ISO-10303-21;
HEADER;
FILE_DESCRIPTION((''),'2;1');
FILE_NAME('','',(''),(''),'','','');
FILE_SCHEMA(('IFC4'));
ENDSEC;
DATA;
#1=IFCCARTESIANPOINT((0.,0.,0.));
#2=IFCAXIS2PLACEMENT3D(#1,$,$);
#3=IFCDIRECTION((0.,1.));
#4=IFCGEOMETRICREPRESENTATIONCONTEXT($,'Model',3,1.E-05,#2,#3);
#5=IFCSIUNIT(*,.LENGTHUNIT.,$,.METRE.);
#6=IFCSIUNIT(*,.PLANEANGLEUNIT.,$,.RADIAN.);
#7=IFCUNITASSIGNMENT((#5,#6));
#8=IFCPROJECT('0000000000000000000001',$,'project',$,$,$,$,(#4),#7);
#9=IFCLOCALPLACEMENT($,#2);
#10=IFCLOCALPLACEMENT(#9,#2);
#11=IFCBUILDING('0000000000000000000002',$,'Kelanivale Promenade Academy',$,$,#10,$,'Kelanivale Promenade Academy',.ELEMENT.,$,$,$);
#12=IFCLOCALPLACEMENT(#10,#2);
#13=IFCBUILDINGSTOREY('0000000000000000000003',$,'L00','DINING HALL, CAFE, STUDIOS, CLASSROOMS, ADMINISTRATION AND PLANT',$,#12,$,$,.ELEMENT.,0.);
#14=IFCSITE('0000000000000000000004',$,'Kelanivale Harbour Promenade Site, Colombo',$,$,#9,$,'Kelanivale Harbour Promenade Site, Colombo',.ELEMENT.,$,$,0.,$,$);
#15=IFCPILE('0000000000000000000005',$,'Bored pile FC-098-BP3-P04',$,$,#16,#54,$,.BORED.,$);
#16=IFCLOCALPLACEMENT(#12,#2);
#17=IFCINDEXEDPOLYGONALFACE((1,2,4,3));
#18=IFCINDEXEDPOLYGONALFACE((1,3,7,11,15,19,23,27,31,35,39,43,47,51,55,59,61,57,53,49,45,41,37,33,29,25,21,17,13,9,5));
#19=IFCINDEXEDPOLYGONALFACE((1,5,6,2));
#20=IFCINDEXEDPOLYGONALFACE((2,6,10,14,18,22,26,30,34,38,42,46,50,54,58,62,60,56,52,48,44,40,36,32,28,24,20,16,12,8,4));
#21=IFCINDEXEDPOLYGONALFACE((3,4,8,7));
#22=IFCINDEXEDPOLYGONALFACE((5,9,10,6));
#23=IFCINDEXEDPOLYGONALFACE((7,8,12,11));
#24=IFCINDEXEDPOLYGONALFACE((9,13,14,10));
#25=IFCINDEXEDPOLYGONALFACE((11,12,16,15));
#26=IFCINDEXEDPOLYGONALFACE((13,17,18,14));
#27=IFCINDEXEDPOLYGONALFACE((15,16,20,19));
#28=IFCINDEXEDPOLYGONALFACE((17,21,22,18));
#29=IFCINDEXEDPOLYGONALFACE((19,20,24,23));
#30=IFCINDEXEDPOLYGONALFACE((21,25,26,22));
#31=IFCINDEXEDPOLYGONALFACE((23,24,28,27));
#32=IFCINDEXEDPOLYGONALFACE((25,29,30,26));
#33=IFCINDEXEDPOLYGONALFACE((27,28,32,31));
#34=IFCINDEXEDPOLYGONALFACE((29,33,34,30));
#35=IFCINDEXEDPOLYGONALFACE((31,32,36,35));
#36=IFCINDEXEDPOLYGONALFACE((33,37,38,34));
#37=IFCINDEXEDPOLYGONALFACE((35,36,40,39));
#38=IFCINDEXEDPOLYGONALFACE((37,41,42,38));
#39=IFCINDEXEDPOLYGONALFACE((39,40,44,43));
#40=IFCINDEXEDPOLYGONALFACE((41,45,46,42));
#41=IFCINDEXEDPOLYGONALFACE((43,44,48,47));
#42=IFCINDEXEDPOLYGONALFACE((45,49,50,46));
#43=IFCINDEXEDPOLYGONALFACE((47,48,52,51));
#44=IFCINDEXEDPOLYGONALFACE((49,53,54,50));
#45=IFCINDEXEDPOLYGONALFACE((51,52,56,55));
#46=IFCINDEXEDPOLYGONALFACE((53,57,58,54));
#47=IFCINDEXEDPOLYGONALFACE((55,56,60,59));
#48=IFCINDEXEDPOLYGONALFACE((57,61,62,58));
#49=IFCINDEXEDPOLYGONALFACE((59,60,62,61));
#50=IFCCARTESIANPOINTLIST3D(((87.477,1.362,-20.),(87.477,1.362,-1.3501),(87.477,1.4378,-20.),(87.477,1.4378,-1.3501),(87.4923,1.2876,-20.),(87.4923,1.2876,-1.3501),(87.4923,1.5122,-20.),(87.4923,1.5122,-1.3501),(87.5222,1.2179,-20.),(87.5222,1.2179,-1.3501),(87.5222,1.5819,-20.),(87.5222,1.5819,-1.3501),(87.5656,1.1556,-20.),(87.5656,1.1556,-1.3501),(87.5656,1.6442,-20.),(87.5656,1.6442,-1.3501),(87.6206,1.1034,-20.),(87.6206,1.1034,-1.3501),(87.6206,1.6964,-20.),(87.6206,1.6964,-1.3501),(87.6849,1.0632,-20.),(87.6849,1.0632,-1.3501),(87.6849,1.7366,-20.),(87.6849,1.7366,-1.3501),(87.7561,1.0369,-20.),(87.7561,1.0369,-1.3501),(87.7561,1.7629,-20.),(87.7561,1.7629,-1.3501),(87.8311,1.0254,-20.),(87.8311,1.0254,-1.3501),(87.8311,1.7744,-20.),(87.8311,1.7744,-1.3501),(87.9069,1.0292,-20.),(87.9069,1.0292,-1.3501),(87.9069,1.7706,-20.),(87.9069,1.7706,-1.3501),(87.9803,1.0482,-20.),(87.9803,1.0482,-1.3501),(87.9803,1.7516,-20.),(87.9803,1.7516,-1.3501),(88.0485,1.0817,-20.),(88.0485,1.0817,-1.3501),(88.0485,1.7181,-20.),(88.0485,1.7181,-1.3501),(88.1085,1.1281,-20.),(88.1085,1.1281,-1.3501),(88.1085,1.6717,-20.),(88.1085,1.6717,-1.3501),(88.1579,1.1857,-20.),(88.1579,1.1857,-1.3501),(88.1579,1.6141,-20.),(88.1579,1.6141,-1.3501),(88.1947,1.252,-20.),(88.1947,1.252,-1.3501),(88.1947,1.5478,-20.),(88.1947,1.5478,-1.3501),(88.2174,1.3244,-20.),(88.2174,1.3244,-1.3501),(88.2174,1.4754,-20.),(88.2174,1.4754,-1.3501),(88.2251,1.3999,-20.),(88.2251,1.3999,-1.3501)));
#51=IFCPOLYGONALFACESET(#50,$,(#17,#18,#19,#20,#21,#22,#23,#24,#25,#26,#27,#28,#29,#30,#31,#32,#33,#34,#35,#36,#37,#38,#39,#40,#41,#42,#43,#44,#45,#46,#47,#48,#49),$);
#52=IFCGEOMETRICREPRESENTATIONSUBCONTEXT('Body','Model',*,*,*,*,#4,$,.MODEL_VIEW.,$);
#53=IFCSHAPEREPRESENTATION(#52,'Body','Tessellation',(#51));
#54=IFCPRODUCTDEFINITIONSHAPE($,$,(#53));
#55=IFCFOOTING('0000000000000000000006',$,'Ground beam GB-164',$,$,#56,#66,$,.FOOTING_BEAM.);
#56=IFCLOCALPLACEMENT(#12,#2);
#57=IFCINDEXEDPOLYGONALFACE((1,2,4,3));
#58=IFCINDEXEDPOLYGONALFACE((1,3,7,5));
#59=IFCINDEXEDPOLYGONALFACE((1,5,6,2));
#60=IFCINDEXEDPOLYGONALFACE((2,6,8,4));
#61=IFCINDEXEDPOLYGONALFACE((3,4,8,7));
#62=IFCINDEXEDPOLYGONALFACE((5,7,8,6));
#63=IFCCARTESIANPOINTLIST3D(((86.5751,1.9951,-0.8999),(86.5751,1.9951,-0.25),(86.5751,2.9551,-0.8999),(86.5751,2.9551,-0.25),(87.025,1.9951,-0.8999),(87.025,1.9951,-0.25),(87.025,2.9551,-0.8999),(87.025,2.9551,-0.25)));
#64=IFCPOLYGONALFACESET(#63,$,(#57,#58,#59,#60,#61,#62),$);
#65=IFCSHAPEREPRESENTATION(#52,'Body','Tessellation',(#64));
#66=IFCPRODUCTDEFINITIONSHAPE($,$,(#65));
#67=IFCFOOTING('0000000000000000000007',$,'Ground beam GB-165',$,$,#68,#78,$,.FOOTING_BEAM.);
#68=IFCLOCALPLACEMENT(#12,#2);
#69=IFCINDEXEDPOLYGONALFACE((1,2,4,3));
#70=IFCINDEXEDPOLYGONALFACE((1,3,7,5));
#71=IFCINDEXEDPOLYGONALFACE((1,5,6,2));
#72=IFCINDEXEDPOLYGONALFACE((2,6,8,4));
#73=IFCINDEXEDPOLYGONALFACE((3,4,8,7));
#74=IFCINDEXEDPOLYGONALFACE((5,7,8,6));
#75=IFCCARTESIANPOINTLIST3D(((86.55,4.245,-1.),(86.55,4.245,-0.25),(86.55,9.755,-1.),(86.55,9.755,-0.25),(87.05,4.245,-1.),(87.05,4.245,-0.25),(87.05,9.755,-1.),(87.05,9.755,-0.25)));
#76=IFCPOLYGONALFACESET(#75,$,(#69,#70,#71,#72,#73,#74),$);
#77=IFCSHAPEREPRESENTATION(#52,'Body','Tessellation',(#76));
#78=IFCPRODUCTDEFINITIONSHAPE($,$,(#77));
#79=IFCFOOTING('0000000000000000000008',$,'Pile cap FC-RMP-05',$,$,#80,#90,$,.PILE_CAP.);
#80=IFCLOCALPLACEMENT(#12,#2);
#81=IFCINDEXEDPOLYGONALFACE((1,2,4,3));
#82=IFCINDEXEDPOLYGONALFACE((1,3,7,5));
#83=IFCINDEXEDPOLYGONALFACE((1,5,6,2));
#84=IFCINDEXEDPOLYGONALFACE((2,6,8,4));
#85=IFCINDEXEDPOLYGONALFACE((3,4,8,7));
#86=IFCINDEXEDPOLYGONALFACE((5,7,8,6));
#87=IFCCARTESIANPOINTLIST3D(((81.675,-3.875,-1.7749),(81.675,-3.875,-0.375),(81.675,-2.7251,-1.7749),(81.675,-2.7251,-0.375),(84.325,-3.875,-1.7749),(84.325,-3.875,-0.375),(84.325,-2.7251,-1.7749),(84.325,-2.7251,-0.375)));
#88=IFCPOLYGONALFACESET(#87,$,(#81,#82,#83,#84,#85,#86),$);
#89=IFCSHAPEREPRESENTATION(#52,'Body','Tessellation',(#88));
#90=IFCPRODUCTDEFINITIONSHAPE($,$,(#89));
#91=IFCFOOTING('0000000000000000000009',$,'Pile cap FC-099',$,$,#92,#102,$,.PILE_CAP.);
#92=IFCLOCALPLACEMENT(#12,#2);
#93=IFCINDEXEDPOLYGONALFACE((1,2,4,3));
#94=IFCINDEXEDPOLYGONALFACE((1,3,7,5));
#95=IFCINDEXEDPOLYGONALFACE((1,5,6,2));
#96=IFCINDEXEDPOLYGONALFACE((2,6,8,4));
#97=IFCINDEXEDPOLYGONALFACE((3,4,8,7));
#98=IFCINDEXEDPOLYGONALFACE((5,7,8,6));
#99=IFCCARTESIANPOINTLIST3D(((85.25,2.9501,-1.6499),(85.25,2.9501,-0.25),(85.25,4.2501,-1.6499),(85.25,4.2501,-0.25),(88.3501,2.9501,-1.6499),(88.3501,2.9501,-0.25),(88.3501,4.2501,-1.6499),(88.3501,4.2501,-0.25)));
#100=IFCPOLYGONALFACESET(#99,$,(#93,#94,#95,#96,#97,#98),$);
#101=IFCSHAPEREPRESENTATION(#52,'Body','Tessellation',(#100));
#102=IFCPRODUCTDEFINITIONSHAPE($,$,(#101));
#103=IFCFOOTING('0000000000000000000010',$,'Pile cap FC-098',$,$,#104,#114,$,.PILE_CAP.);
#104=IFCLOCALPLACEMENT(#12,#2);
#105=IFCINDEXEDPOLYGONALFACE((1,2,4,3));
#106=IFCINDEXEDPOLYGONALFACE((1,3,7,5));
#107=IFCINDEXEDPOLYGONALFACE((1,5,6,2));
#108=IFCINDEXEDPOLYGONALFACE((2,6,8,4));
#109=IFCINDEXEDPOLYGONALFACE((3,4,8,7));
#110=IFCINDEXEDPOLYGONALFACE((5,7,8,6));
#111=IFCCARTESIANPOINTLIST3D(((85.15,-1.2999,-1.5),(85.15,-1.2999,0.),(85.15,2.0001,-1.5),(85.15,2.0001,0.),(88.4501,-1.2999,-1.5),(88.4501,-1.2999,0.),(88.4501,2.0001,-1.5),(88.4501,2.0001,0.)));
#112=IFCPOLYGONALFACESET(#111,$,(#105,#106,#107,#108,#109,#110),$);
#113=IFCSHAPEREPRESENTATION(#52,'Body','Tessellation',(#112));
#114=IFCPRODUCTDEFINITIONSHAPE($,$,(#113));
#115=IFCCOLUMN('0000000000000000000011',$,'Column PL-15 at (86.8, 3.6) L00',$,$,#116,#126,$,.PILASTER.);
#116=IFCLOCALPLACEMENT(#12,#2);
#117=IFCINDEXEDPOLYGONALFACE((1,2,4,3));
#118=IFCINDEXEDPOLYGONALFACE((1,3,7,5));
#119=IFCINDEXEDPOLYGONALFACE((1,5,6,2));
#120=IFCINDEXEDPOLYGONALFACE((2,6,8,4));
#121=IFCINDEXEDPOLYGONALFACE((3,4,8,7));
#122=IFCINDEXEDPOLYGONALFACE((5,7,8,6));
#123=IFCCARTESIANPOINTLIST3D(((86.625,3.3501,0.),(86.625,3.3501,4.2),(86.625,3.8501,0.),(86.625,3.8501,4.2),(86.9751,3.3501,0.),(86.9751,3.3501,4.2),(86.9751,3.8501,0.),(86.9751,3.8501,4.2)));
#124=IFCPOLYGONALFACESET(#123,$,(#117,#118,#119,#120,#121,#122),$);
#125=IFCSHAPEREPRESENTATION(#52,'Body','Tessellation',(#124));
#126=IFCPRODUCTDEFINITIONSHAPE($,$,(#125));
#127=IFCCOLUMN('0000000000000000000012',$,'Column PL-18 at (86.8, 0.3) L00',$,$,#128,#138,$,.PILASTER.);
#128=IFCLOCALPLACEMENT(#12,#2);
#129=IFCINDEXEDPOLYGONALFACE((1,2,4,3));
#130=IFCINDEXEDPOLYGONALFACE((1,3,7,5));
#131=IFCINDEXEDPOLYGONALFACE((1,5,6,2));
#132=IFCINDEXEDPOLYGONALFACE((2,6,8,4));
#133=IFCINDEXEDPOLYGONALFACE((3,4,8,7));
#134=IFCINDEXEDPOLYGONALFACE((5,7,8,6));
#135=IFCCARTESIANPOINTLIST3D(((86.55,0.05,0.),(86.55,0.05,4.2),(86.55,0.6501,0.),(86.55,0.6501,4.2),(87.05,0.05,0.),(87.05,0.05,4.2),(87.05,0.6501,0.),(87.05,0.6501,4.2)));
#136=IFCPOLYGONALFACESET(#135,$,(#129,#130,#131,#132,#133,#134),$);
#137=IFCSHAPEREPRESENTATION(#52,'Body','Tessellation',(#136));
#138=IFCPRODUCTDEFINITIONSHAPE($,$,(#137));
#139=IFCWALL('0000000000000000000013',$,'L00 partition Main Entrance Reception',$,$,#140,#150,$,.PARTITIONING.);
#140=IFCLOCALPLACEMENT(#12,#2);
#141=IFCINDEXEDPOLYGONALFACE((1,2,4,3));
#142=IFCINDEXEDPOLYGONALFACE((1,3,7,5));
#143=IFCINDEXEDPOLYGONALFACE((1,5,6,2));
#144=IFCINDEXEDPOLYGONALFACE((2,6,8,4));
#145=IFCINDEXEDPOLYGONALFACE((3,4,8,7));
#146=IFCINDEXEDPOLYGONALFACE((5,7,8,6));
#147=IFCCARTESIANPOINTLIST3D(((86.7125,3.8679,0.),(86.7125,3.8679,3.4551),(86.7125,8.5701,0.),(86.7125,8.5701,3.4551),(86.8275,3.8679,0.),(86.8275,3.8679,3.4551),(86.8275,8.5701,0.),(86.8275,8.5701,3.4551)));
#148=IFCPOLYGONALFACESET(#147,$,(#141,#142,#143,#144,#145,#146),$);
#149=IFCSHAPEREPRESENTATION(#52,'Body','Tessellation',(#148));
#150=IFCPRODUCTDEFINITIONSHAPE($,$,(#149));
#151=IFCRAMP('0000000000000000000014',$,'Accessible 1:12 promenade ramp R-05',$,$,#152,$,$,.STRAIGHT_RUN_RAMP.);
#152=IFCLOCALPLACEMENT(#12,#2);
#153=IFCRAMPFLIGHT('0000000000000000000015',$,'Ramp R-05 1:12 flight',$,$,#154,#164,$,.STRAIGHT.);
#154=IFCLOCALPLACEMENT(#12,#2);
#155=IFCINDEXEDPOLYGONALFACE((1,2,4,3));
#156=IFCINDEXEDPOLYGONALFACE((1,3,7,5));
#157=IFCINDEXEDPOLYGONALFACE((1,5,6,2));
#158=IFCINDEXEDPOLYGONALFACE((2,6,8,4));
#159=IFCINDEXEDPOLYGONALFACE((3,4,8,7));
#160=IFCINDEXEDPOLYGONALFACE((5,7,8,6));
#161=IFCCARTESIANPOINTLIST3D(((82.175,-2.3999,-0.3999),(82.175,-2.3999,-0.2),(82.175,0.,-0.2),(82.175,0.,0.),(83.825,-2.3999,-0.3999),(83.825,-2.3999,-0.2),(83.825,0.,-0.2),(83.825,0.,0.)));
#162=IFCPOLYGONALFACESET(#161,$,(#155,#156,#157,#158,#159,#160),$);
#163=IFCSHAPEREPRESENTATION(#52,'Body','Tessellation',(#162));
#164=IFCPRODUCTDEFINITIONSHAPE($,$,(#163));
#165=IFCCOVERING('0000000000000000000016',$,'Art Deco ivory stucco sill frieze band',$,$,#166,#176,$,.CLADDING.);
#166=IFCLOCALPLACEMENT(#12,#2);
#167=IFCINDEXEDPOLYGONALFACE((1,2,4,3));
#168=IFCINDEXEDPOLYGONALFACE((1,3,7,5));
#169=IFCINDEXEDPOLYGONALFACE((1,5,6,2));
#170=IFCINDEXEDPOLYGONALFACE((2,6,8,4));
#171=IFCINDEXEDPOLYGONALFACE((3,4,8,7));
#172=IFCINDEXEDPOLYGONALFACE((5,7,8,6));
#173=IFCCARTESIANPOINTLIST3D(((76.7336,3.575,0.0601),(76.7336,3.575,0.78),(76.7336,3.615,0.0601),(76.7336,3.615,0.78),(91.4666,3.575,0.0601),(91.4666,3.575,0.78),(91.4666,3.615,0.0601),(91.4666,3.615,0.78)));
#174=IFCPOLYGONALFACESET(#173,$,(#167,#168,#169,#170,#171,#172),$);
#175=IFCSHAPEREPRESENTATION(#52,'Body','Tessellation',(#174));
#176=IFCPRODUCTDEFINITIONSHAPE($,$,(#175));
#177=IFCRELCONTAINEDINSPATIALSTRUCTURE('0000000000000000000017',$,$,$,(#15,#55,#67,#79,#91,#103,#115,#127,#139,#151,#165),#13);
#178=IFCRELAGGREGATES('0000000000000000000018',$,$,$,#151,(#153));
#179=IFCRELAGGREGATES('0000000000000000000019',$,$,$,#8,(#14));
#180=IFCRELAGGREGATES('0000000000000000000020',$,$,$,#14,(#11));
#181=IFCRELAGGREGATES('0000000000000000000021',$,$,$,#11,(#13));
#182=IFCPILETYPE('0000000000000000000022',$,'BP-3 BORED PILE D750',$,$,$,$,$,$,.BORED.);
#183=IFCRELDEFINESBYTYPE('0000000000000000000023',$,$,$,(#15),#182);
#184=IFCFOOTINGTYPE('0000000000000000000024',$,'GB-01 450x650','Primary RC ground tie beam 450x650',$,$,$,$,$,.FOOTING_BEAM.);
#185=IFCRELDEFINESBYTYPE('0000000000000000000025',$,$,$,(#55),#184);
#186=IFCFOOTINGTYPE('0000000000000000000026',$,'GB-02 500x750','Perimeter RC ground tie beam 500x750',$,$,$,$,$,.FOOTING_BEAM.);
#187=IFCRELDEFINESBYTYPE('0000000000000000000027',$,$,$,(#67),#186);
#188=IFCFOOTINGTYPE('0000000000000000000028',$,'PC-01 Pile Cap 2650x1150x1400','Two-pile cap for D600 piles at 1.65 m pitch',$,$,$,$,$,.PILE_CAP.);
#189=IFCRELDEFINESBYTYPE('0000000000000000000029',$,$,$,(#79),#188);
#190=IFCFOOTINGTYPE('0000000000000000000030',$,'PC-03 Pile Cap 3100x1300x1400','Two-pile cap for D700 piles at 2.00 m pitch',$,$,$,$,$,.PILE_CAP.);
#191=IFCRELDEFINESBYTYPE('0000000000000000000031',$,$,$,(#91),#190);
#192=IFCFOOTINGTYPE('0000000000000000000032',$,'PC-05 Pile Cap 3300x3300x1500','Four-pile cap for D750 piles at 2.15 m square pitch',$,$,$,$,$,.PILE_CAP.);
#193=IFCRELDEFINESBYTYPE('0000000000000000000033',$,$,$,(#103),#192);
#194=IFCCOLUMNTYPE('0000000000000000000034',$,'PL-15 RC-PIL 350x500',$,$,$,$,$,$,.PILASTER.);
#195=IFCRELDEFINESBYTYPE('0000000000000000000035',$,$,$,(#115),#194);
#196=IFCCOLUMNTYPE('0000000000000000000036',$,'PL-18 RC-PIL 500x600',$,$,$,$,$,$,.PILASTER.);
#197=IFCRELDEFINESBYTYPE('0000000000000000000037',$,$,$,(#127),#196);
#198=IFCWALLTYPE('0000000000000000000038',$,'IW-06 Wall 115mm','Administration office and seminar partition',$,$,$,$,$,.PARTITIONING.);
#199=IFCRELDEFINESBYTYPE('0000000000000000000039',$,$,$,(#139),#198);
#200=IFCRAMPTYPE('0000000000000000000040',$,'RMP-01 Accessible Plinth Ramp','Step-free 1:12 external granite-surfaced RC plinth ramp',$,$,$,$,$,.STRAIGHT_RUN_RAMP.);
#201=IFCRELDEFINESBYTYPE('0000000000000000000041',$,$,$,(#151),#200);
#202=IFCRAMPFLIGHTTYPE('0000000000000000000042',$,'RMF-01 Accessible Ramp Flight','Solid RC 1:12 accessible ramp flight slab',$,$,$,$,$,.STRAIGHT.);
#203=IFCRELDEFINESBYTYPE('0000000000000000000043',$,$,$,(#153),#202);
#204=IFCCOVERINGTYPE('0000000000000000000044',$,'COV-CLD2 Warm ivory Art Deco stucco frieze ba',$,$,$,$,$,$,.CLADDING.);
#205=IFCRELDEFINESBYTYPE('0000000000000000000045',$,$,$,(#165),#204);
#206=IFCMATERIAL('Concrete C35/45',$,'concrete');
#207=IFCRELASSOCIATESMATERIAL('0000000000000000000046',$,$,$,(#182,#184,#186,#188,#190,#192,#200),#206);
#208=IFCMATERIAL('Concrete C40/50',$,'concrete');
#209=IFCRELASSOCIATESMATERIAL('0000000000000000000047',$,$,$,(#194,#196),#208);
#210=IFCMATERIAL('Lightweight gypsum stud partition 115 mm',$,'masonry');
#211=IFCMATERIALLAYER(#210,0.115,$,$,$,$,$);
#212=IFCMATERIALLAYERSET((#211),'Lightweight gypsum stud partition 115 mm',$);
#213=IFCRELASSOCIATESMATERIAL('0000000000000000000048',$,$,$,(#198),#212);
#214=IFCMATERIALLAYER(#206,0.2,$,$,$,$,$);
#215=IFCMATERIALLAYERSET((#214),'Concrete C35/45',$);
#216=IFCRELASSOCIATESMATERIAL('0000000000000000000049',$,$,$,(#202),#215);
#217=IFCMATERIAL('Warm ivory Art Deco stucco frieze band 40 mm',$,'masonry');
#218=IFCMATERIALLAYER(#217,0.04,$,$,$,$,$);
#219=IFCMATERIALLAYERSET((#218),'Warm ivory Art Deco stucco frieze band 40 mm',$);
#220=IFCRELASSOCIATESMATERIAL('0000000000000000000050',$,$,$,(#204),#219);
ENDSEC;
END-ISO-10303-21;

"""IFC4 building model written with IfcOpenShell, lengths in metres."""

from ifc_helpers import new_model, si_unit, direction, frame, frame_2d, origin, origin_2d, place, context, subcontext, project, spatial, polyline, rectangle, circle, outline, extrude, material, layer, layer_set, material_profile, profile_set, type_object, element, aggregate, save


model = new_model("IFC4")

# Units and contexts
model_context = context("Model", 3, precision=1e-05, world=origin(), true_north=direction((0.0, 1.0)))
body_context = subcontext(model_context, "Body", "Model", "MODEL_VIEW")
ifc_project = project(units=[si_unit("LENGTHUNIT", "METRE"), si_unit("PLANEANGLEUNIT", "RADIAN")], contexts=[model_context])

# Site, building, storey
site_placement = place(None, origin())
site = spatial("IfcSite", under=ifc_project, at=site_placement, Name="Kelanivale Harbour Promenade Site, Colombo", LongName="Kelanivale Harbour Promenade Site, Colombo", CompositionType="ELEMENT", RefElevation=0.0)
building_placement = place(site_placement, origin())
building = spatial("IfcBuilding", under=site, at=building_placement, Name="Kelanivale Promenade Academy", LongName="Kelanivale Promenade Academy", CompositionType="ELEMENT")
storey_placement = place(building_placement, origin())
storey = spatial("IfcBuildingStorey", under=building, at=storey_placement, Name="L00", Description="DINING HALL, CAFE, STUDIOS, CLASSROOMS, ADMINISTRATION AND PLANT", CompositionType="ELEMENT", Elevation=0.0)

# Pile
ifc_material_1 = material(Name="Concrete C35/45", Category="concrete")
ifc_material_profile_1 = material_profile(ifc_material_1, circle(Radius=0.375, at=origin_2d()), Name="BORED PILE D750")
ifc_profile_set_1 = profile_set([ifc_material_profile_1], Name="Concrete C35/45")
pile_type_1 = type_object("IfcPileType", Name="BP-3 BORED PILE D750", PredefinedType="BORED", material=ifc_profile_set_1)
for number, where, z_axis, x_axis, name in (
    (1, (87.8501, 1.3999, -1.3501), (0.0, 0.0, -1.0), (1.0, 0.0, 0.0), "Bored pile FC-098-BP3-P04"),
):
    element("IfcPile", number, at=place(storey_placement, frame(where, z_axis=z_axis, x_axis=x_axis)), inside=storey, type_object=pile_type_1, Name=name, PredefinedType="BORED", context=body_context, shape_type="SweptSolid", body=[
        extrude(circle(Radius=0.375, at=origin_2d()), origin(), (0.0, 0.0, 1.0), 18.6499),
    ])

# Footings
footing_type_1 = type_object("IfcFootingType", Name="GB-01 450x650", Description="Primary RC ground tie beam 450x650", PredefinedType="FOOTING_BEAM", material=ifc_material_1)
footing_1_placement = place(storey_placement, frame((86.8, 2.4751, -0.8999), z_axis=(0.0, 0.0, 1.0), x_axis=(0.0, 1.0, 0.0)))
element("IfcFooting", 2, at=footing_1_placement, inside=storey, type_object=footing_type_1, Name="Ground beam GB-164", PredefinedType="FOOTING_BEAM", context=body_context, shape_type="SweptSolid", body=[
    extrude(rectangle(XDim=0.96, YDim=0.45, at=origin_2d()), origin(), (0.0, 0.0, 1.0), 0.6499),
])
footing_type_2 = type_object("IfcFootingType", Name="GB-02 500x750", Description="Perimeter RC ground tie beam 500x750", PredefinedType="FOOTING_BEAM", material=ifc_material_1)
footing_2_placement = place(storey_placement, frame((86.8, 7.0, -1.0), z_axis=(0.0, 0.0, 1.0), x_axis=(0.0, 1.0, 0.0)))
element("IfcFooting", 3, at=footing_2_placement, inside=storey, type_object=footing_type_2, Name="Ground beam GB-165", PredefinedType="FOOTING_BEAM", context=body_context, shape_type="SweptSolid", body=[
    extrude(rectangle(XDim=5.51, YDim=0.5, at=origin_2d()), origin(), (0.0, 0.0, 1.0), 0.75),
])
footing_type_3 = type_object("IfcFootingType", Name="PC-01 Pile Cap 2650x1150x1400", Description="Two-pile cap for D600 piles at 1.65 m pitch", PredefinedType="PILE_CAP", material=ifc_material_1)
footing_3_placement = place(storey_placement, frame((83.0, -3.3, -1.7749), z_axis=(0.0, 0.0, 1.0), x_axis=(1.0, 0.0, 0.0)))
element("IfcFooting", 4, at=footing_3_placement, inside=storey, type_object=footing_type_3, Name="Pile cap FC-RMP-05", PredefinedType="PILE_CAP", context=body_context, shape_type="SweptSolid", body=[
    extrude(rectangle(XDim=2.6499, YDim=1.1499, at=origin_2d()), origin(), (0.0, 0.0, 1.0), 1.3999),
])
footing_type_4 = type_object("IfcFootingType", Name="PC-03 Pile Cap 3100x1300x1400", Description="Two-pile cap for D700 piles at 2.00 m pitch", PredefinedType="PILE_CAP", material=ifc_material_1)
footing_4_placement = place(storey_placement, frame((86.8, 3.6001, -1.6499), z_axis=(0.0, 0.0, 1.0), x_axis=(1.0, 0.0, 0.0)))
element("IfcFooting", 5, at=footing_4_placement, inside=storey, type_object=footing_type_4, Name="Pile cap FC-099", PredefinedType="PILE_CAP", context=body_context, shape_type="SweptSolid", body=[
    extrude(rectangle(XDim=3.1001, YDim=1.3, at=origin_2d()), origin(), (0.0, 0.0, 1.0), 1.3999),
])
footing_type_5 = type_object("IfcFootingType", Name="PC-05 Pile Cap 3300x3300x1500", Description="Four-pile cap for D750 piles at 2.15 m square pitch", PredefinedType="PILE_CAP", material=ifc_material_1)
footing_5_placement = place(storey_placement, frame((86.8, 0.3501, -1.5), z_axis=(0.0, 0.0, 1.0), x_axis=(1.0, 0.0, 0.0)))
element("IfcFooting", 6, at=footing_5_placement, inside=storey, type_object=footing_type_5, Name="Pile cap FC-098", PredefinedType="PILE_CAP", context=body_context, shape_type="SweptSolid", body=[
    extrude(rectangle(XDim=3.3, YDim=3.3, at=origin_2d()), origin(), (0.0, 0.0, 1.0), 1.5),
])

# Columns
ifc_material_2 = material(Name="Concrete C40/50", Category="concrete")
ifc_material_profile_2 = material_profile(ifc_material_2, rectangle(XDim=0.3501, YDim=0.5, at=origin_2d()), Name="RC-PIL 350x500")
ifc_profile_set_2 = profile_set([ifc_material_profile_2], Name="Concrete C40/50")
column_type_1 = type_object("IfcColumnType", Name="PL-15 RC-PIL 350x500", PredefinedType="PILASTER", material=ifc_profile_set_2)
column_1_placement = place(storey_placement, frame((86.8, 3.6001, 0.0), z_axis=(0.0, 0.0, 1.0), x_axis=(1.0, 0.0, 0.0)))
element("IfcColumn", 7, at=column_1_placement, inside=storey, type_object=column_type_1, Name="Column PL-15 at (86.8, 3.6) L00", PredefinedType="PILASTER", context=body_context, shape_type="SweptSolid", body=[
    extrude(rectangle(XDim=0.3501, YDim=0.5, at=origin_2d()), origin(), (0.0, 0.0, 1.0), 4.2),
])
ifc_material_profile_3 = material_profile(ifc_material_2, rectangle(XDim=0.5, YDim=0.6001, at=origin_2d()), Name="RC-PIL 500x600")
ifc_profile_set_3 = profile_set([ifc_material_profile_3], Name="Concrete C40/50")
column_type_2 = type_object("IfcColumnType", Name="PL-18 RC-PIL 500x600", PredefinedType="PILASTER", material=ifc_profile_set_3)
column_2_placement = place(storey_placement, frame((86.8, 0.3501, 0.0), z_axis=(0.0, 0.0, 1.0), x_axis=(1.0, 0.0, 0.0)))
element("IfcColumn", 8, at=column_2_placement, inside=storey, type_object=column_type_2, Name="Column PL-18 at (86.8, 0.3) L00", PredefinedType="PILASTER", context=body_context, shape_type="SweptSolid", body=[
    extrude(rectangle(XDim=0.5, YDim=0.6001, at=origin_2d()), origin(), (0.0, 0.0, 1.0), 4.2),
])

# Wall
ifc_material_3 = material(Name="Lightweight gypsum stud partition 115 mm", Category="masonry")
ifc_layer_1 = layer(ifc_material_3, 0.115)
ifc_layer_set_1 = layer_set([ifc_layer_1], Name="Lightweight gypsum stud partition 115 mm")
wall_type = type_object("IfcWallType", Name="IW-06 Wall 115mm", Description="Administration office and seminar partition", PredefinedType="PARTITIONING", material=ifc_layer_set_1)
wall_placement = place(storey_placement, frame((86.77, 3.8679, 0.0), z_axis=(0.0, 0.0, 1.0), x_axis=(0.0, 1.0, 0.0)))
element("IfcWall", 9, at=wall_placement, inside=storey, type_object=wall_type, Name="L00 partition Main Entrance Reception", PredefinedType="PARTITIONING", context=body_context, shape_type="SweptSolid", body=[
    extrude(rectangle(XDim=4.7021, YDim=0.115, at=frame_2d((2.3511, 0.0))), origin(), (0.0, 0.0, 1.0), 3.4551),
])

# Ramp, ramp flight
ramp_type = type_object("IfcRampType", Name="RMP-01 Accessible Plinth Ramp", Description="Step-free 1:12 external granite-surfaced RC plinth ramp", PredefinedType="STRAIGHT_RUN_RAMP", material=ifc_material_1)
ramp_placement = place(storey_placement, origin())
ramp = element("IfcRamp", 10, at=ramp_placement, inside=storey, type_object=ramp_type, Name="Accessible 1:12 promenade ramp R-05", PredefinedType="STRAIGHT_RUN_RAMP")
ifc_layer_2 = layer(ifc_material_1, 0.2)
ifc_layer_set_2 = layer_set([ifc_layer_2], Name="Concrete C35/45")
ramp_flight_type = type_object("IfcRampFlightType", Name="RMF-01 Accessible Ramp Flight", Description="Solid RC 1:12 accessible ramp flight slab", PredefinedType="STRAIGHT", material=ifc_layer_set_2)
ramp_flight_placement = place(storey_placement, frame((83.0, -2.3999, -0.2), z_axis=(0.0, 0.0, 1.0), x_axis=(0.0, 1.0, 0.0)))
ramp_flight = element("IfcRampFlight", 11, at=ramp_flight_placement, type_object=ramp_flight_type, Name="Ramp R-05 1:12 flight", PredefinedType="STRAIGHT", context=body_context, shape_type="SweptSolid", body=[
    extrude(outline(polyline([(0.0, 0.0), (2.3999, 0.2), (2.3999, 0.0), (0.0, -0.2), (0.0, 0.0)])), frame((0.0, 0.825, 0.0), z_axis=(0.0, -1.0, 0.0), x_axis=(1.0, 0.0, 0.0)), (0.0, 0.0, 1.0), 1.6499),
])
aggregate(ramp, [ramp_flight])

# Covering
ifc_material_4 = material(Name="Warm ivory Art Deco stucco frieze band 40 mm", Category="masonry")
ifc_layer_3 = layer(ifc_material_4, 0.04)
ifc_layer_set_3 = layer_set([ifc_layer_3], Name="Warm ivory Art Deco stucco frieze band 40 mm")
covering_type = type_object("IfcCoveringType", Name="COV-CLD2 Warm ivory Art Deco stucco frieze ba", PredefinedType="CLADDING", material=ifc_layer_set_3)
covering_placement = place(storey_placement, frame((84.1001, 3.595, 0.0601), z_axis=(0.0, 0.0, 1.0), x_axis=(1.0, 0.0, 0.0)))
element("IfcCovering", 12, at=covering_placement, inside=storey, type_object=covering_type, Name="Art Deco ivory stucco sill frieze band", PredefinedType="CLADDING", context=body_context, shape_type="SweptSolid", body=[
    extrude(rectangle(XDim=14.7329, YDim=0.04, at=origin_2d()), origin(), (0.0, 0.0, 1.0), 0.72),
])

save(model, "model.ifc")
